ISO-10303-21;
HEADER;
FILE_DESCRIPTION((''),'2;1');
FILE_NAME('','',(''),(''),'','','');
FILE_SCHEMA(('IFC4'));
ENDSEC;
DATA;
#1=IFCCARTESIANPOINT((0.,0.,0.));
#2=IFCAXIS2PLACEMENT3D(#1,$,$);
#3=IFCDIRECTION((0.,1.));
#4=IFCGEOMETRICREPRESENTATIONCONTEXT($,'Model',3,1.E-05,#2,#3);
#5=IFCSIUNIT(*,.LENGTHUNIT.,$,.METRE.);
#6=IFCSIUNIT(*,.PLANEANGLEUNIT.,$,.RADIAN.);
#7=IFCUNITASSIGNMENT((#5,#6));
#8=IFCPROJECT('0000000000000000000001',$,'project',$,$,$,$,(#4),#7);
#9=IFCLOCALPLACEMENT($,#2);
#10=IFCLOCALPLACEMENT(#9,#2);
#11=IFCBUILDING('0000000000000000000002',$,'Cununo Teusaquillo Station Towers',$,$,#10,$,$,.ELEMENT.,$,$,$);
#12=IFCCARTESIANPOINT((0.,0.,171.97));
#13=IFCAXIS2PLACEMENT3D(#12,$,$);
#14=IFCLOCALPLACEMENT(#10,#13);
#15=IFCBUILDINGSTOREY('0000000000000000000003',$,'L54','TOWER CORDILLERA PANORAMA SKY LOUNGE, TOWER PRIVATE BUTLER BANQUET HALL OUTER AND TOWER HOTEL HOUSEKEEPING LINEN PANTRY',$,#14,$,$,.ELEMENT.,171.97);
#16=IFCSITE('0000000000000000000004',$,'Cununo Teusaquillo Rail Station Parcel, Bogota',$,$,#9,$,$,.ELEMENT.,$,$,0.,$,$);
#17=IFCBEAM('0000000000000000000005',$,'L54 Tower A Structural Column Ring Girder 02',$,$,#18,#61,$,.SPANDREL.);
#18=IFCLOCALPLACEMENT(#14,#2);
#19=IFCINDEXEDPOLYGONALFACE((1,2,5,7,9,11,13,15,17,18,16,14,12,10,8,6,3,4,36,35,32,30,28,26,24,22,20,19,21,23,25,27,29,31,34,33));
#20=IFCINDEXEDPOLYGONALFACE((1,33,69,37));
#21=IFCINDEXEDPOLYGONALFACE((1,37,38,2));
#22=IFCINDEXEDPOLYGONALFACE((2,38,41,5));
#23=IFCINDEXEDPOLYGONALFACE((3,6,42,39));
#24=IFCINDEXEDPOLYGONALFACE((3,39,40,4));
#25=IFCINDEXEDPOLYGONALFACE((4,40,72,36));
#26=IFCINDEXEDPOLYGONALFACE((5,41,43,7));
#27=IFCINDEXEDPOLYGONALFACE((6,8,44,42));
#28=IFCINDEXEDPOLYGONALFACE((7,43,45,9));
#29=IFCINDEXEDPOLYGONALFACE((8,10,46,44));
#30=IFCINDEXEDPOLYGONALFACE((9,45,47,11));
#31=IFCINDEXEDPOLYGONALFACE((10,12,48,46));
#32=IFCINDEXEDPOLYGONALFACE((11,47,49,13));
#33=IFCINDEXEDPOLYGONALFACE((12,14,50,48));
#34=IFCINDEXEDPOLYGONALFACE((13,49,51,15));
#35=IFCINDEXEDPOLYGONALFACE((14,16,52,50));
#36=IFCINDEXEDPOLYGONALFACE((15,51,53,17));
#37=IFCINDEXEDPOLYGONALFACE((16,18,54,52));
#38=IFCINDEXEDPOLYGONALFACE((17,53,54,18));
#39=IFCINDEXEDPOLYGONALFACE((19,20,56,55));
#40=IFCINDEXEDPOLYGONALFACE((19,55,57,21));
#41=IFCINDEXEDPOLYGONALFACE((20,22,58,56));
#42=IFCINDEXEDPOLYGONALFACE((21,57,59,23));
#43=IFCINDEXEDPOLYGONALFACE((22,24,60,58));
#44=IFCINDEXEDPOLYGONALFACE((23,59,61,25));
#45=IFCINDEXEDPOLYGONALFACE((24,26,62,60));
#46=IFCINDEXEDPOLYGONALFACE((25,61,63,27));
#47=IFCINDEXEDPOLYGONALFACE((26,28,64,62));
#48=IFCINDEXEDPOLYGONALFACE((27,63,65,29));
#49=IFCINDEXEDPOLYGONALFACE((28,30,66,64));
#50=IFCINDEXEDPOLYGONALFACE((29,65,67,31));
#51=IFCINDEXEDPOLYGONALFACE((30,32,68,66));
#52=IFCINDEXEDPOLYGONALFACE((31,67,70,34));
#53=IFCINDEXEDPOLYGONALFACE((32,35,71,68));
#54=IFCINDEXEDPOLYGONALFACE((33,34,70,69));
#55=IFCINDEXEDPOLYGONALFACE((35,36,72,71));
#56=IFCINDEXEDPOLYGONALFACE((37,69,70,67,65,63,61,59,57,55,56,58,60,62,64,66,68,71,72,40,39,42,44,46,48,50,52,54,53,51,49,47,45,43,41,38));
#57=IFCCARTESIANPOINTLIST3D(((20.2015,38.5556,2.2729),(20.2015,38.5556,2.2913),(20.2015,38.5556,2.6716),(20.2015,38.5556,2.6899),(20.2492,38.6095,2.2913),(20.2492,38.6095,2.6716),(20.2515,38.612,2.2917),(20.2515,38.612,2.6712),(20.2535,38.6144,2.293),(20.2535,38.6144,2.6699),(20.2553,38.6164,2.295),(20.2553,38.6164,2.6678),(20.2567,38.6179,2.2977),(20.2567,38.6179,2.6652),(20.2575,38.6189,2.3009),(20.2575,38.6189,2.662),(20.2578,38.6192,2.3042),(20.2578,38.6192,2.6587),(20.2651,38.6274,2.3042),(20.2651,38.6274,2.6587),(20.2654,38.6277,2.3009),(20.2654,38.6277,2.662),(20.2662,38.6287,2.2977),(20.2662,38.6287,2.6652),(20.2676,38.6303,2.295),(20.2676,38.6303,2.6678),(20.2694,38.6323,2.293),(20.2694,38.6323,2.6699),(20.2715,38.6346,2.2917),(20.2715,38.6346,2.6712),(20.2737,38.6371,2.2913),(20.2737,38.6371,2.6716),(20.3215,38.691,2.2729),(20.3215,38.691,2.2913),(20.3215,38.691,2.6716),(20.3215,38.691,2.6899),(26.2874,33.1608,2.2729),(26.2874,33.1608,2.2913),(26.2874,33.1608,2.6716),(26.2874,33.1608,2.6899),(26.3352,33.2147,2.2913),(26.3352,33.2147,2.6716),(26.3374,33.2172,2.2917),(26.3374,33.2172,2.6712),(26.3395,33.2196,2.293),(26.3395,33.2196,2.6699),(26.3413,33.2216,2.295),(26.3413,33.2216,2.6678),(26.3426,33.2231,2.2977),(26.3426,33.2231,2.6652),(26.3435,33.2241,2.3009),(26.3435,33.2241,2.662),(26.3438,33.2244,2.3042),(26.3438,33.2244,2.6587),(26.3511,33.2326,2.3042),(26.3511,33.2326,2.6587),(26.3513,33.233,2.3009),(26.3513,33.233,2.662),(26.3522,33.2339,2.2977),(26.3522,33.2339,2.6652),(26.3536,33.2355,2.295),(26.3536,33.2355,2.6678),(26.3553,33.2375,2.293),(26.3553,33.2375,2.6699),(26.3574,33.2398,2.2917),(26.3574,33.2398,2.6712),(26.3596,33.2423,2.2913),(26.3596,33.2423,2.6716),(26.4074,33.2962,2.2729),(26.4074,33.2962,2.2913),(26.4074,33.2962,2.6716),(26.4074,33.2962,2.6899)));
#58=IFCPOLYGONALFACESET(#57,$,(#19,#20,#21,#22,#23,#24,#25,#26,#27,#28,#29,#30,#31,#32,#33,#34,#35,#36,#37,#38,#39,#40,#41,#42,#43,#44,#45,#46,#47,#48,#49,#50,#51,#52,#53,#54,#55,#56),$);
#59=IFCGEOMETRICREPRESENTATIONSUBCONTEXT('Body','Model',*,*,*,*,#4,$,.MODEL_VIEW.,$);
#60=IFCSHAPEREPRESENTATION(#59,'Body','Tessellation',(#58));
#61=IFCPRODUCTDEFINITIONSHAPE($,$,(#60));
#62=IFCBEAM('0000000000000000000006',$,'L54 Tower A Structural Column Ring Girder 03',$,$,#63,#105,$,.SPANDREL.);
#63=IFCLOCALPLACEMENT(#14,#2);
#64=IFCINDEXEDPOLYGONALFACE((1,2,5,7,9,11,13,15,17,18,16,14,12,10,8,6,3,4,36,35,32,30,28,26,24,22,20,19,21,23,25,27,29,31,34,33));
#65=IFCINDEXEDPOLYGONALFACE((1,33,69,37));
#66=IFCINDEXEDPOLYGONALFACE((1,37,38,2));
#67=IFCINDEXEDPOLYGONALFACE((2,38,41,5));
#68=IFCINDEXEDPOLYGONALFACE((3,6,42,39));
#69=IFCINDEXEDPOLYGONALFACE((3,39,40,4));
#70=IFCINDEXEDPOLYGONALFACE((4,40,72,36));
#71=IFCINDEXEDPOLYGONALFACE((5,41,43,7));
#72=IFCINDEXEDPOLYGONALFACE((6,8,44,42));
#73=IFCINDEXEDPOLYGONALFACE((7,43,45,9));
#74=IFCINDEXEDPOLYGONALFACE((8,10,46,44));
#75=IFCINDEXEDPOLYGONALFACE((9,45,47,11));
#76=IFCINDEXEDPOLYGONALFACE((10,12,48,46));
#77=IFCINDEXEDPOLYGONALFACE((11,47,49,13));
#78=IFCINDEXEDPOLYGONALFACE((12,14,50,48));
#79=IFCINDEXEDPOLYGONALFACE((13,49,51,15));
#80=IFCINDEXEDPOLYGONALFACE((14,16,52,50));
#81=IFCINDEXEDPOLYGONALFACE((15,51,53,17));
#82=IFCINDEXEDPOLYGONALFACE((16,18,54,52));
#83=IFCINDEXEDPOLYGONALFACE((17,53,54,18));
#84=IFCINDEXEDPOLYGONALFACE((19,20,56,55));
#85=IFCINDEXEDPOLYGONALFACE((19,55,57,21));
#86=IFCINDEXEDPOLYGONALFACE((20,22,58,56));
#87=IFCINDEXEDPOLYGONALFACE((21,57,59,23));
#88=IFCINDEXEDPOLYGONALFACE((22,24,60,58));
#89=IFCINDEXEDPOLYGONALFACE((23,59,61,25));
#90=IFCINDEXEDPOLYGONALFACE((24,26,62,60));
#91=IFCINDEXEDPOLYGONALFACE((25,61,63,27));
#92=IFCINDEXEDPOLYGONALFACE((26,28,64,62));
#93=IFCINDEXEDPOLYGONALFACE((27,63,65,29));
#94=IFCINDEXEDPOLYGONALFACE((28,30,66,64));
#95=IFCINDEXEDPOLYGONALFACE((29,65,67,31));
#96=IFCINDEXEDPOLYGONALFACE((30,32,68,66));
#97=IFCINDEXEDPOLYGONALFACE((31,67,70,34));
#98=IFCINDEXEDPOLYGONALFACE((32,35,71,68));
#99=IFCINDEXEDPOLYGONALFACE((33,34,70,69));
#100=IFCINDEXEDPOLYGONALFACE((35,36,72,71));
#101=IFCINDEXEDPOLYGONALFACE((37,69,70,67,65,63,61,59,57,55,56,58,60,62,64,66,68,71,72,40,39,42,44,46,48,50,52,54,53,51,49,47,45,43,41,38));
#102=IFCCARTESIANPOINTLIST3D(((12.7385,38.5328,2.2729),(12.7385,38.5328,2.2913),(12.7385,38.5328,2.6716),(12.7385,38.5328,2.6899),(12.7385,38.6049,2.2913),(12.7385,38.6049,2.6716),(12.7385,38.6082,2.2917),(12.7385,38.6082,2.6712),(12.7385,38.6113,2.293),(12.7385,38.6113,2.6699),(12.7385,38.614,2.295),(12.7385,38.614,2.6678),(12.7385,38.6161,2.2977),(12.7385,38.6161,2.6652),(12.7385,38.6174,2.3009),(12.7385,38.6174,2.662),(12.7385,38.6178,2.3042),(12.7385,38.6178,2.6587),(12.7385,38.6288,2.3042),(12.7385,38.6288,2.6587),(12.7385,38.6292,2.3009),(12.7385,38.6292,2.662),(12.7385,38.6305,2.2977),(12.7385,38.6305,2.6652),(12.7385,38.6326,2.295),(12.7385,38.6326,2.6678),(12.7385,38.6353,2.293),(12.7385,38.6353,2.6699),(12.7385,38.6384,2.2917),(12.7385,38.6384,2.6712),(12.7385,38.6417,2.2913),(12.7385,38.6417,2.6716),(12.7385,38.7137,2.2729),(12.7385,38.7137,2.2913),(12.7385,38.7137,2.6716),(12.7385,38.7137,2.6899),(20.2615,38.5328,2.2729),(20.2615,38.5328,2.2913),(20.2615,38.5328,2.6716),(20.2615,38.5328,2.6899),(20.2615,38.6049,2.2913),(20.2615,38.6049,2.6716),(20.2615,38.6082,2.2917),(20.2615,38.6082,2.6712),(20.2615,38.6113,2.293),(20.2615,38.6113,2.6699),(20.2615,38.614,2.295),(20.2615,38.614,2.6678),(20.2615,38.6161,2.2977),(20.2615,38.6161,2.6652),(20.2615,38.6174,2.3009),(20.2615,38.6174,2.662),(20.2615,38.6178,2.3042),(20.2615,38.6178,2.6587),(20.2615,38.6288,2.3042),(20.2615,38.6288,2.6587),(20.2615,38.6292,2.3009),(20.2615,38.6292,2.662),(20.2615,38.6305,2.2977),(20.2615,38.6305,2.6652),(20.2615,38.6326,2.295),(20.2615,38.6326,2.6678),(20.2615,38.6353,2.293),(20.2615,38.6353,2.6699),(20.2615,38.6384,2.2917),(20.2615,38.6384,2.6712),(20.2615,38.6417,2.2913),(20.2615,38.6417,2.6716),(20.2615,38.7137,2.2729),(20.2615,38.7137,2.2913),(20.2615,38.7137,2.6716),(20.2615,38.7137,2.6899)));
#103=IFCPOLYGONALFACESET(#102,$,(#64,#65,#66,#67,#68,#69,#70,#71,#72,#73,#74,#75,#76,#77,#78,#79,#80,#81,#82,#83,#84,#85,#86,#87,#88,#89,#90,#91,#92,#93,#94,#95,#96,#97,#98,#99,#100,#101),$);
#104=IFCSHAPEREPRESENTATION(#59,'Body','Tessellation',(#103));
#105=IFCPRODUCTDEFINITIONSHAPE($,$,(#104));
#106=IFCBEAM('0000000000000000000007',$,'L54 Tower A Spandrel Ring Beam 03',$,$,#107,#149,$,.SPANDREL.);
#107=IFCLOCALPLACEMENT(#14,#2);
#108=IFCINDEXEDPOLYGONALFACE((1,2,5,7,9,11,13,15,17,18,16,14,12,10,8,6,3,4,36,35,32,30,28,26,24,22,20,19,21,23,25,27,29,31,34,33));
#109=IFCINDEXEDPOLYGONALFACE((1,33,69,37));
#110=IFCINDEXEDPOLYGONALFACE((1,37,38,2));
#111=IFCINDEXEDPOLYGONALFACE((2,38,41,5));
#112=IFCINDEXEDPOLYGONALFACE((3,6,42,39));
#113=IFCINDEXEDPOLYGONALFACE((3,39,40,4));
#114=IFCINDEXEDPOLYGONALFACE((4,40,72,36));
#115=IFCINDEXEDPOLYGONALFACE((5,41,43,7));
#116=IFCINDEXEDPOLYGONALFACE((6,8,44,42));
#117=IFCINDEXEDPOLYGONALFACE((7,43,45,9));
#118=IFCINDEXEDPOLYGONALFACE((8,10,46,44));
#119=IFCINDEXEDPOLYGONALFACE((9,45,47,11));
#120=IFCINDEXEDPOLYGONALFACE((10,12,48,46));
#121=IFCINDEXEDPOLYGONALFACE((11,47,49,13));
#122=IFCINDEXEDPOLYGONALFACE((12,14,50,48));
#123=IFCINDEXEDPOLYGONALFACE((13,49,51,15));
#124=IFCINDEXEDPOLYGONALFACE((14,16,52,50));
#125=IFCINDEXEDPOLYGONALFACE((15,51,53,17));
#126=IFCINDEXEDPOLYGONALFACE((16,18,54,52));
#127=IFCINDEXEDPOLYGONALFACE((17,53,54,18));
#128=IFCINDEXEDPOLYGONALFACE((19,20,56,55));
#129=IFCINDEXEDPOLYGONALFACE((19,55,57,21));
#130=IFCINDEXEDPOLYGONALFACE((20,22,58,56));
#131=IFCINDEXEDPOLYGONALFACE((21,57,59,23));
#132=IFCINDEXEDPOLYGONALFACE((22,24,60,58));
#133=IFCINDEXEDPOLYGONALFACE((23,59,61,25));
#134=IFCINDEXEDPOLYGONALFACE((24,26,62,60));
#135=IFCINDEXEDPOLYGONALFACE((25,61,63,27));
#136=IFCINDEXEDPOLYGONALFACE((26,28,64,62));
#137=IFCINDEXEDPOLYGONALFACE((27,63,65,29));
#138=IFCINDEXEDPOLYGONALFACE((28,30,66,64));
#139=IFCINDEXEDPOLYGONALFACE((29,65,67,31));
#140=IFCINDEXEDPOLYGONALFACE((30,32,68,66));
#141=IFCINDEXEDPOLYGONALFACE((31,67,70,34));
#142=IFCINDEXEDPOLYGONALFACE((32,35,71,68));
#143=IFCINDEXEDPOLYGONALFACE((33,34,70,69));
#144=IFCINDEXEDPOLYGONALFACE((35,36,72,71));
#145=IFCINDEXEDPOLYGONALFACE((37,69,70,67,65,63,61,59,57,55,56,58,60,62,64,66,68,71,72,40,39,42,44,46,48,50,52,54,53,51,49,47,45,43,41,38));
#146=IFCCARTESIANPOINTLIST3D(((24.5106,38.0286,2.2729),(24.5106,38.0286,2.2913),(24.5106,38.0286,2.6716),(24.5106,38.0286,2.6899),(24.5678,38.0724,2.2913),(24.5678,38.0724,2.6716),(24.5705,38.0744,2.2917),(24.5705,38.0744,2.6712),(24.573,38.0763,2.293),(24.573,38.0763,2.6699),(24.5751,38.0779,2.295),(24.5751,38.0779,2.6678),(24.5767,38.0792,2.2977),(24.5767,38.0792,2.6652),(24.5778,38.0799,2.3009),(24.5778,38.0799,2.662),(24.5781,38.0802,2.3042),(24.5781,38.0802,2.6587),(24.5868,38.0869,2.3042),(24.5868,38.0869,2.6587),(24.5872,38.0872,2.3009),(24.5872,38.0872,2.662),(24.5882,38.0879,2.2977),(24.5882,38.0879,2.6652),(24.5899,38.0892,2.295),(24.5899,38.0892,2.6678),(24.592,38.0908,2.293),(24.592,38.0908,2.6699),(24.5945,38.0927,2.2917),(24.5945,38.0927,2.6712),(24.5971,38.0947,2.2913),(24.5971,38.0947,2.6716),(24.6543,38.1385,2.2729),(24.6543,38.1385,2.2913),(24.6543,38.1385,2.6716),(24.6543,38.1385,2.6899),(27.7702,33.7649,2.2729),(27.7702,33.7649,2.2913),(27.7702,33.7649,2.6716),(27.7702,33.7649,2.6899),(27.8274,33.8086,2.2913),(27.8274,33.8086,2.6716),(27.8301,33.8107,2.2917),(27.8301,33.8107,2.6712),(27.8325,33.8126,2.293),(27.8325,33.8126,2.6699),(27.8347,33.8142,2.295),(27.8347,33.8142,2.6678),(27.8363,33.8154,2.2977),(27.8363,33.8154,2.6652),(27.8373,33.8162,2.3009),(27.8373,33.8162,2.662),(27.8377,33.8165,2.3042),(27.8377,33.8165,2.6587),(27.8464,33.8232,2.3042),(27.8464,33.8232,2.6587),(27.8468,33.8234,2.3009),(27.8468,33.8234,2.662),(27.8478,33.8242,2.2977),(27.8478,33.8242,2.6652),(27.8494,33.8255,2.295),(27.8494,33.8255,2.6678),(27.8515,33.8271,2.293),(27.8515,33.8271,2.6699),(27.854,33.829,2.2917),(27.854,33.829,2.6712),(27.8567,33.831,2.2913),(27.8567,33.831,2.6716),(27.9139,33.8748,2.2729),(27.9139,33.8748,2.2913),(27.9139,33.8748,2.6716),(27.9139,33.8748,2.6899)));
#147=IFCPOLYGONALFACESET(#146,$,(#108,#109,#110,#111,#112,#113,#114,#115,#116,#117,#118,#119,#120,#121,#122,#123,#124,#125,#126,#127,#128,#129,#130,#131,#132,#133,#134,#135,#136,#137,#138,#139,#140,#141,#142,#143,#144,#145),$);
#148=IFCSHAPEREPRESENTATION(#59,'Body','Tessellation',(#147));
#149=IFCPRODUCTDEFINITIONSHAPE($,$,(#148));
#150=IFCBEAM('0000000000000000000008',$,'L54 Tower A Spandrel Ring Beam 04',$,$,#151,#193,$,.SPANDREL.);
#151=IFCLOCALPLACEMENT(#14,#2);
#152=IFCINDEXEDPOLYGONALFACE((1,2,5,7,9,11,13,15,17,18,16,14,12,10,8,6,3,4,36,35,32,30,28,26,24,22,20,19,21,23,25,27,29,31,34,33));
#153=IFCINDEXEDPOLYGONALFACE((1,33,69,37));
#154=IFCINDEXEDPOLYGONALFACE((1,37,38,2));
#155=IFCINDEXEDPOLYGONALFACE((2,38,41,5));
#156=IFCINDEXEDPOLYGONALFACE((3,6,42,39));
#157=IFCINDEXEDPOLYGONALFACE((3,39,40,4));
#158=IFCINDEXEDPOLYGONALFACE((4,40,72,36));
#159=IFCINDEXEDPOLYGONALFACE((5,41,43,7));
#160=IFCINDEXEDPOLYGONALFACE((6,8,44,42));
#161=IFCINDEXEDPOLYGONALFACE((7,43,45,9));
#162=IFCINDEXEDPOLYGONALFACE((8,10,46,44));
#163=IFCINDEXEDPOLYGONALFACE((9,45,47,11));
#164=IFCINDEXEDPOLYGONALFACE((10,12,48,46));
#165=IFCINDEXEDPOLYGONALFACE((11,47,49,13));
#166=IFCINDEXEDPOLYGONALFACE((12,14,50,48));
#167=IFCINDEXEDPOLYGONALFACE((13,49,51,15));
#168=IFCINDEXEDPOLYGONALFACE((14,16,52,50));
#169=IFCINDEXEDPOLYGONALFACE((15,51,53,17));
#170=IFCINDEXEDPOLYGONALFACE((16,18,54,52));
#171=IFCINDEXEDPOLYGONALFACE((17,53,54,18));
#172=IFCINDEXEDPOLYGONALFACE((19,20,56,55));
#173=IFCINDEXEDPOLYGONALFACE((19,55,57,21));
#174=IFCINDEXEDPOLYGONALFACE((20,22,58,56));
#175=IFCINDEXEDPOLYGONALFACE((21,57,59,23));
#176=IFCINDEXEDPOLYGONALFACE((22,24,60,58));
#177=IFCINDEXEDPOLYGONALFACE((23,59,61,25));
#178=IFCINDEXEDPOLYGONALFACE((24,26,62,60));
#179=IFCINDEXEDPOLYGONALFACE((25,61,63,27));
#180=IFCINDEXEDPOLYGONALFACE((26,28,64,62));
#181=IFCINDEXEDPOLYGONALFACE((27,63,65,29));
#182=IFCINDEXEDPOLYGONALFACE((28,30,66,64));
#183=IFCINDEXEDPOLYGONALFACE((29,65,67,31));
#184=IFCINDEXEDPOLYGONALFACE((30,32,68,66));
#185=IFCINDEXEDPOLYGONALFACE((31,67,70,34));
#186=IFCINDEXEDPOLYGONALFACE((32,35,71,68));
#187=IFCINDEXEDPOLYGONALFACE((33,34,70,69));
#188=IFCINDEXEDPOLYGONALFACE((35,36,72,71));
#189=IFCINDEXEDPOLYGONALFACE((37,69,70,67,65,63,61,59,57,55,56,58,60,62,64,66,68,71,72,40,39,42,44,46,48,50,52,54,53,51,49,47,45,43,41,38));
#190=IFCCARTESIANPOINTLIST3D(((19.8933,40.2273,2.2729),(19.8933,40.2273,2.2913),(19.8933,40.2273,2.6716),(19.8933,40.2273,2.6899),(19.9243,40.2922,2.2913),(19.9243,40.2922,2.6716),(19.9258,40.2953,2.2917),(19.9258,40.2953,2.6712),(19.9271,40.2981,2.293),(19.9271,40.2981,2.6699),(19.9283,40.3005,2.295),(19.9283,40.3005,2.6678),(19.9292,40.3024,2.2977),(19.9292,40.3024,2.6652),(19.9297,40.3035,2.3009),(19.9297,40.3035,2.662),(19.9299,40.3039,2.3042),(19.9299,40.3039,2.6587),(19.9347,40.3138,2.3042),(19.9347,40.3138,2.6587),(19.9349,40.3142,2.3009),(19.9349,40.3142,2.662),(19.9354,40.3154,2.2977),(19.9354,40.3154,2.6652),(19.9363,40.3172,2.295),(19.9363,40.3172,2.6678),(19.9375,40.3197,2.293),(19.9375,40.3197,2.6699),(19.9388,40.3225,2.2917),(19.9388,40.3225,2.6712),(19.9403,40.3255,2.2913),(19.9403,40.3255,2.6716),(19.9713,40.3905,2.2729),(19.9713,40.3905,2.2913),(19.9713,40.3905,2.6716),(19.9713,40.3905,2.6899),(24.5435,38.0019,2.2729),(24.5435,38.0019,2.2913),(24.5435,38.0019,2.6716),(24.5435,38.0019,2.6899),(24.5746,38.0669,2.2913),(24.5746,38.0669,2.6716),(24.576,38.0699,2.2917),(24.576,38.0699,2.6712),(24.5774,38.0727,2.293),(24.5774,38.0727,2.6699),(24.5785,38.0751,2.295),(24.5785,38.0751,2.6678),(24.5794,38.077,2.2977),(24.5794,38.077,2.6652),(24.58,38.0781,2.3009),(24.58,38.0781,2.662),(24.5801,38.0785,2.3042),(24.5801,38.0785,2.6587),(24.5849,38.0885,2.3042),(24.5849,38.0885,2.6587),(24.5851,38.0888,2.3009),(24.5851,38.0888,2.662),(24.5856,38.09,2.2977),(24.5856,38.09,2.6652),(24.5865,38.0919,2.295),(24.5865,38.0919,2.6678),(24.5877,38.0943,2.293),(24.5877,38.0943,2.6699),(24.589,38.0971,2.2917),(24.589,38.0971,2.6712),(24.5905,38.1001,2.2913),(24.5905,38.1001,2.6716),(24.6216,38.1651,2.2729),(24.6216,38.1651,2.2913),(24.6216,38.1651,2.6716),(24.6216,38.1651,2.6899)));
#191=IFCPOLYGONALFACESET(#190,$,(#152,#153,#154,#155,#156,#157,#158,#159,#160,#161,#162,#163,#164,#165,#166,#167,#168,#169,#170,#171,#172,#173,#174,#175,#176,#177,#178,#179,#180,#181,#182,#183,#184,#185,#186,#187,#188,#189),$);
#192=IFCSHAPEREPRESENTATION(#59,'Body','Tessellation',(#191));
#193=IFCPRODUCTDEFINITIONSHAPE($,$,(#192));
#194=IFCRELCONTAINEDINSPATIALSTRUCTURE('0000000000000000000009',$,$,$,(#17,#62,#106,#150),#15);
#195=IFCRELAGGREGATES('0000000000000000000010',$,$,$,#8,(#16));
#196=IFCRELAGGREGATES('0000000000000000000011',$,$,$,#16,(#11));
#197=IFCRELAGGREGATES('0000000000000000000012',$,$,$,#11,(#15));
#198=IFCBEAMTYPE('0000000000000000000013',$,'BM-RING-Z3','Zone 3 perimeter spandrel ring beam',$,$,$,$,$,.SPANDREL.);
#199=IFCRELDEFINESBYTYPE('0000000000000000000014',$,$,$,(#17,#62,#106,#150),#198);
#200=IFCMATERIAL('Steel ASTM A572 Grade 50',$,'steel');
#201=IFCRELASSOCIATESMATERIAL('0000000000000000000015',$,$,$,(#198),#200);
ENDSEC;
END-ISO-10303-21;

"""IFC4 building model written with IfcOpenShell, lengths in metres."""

from ifc_helpers import new_model, si_unit, direction, frame, origin, origin_2d, place, context, subcontext, project, spatial, i_section, extrude, material, material_profile, profile_set, type_object, element, save


model = new_model("IFC4")

# Units and contexts
model_context = context("Model", 3, precision=1e-05, world=origin(), true_north=direction((0.0, 1.0)))
body_context = subcontext(model_context, "Body", "Model", "MODEL_VIEW")
ifc_project = project(units=[si_unit("LENGTHUNIT", "METRE"), si_unit("PLANEANGLEUNIT", "RADIAN")], contexts=[model_context])

# Site, building, storey
site_placement = place(None, origin())
site = spatial("IfcSite", under=ifc_project, at=site_placement, Name="Cununo Teusaquillo Rail Station Parcel, Bogota", CompositionType="ELEMENT", RefElevation=0.0)
building_placement = place(site_placement, origin())
building = spatial("IfcBuilding", under=site, at=building_placement, Name="Cununo Teusaquillo Station Towers", CompositionType="ELEMENT")
storey_placement = place(building_placement, frame((0.0, 0.0, 171.97)))
storey = spatial("IfcBuildingStorey", under=building, at=storey_placement, Name="L54", Description="TOWER CORDILLERA PANORAMA SKY LOUNGE, TOWER PRIVATE BUTLER BANQUET HALL OUTER AND TOWER HOTEL HOUSEKEEPING LINEN PANTRY", CompositionType="ELEMENT", Elevation=171.97)

# Beams
ifc_material_1 = material(Name="Steel ASTM A572 Grade 50", Category="steel")
ifc_material_profile_1 = material_profile(ifc_material_1, i_section(OverallWidth=0.1809, OverallDepth=0.417, WebThickness=0.011, FlangeThickness=0.0183, FilletRadius=0.0129, at=origin_2d()), Name="W16X57")
ifc_profile_set_1 = profile_set([ifc_material_profile_1], Name="Steel ASTM A572 Grade 50")
beam_type_1 = type_object("IfcBeamType", Name="BM-RING-Z3", Description="Zone 3 perimeter spandrel ring beam", PredefinedType="SPANDREL", material=ifc_profile_set_1)
beam_1_placement = place(storey_placement, frame((26.3474, 33.2285, 2.4814), z_axis=(-0.748321, 0.663337, 0.0), x_axis=(-0.663337, -0.748321, 0.0)))
element("IfcBeam", 1, at=beam_1_placement, inside=storey, type_object=beam_type_1, Name="L54 Tower A Structural Column Ring Girder 02", PredefinedType="SPANDREL", context=body_context, shape_type="SweptSolid", body=[
    extrude(i_section(OverallWidth=0.1809, OverallDepth=0.417, WebThickness=0.011, FlangeThickness=0.0183, FilletRadius=0.0129, at=origin_2d()), origin(), (0.0, 0.0, 1.0), 8.1328),
])
beam_2_placement = place(storey_placement, frame((20.2615, 38.6233, 2.4814), z_axis=(-1.0, 0.0, 0.0), x_axis=(0.0, -1.0, 0.0)))
element("IfcBeam", 2, at=beam_2_placement, inside=storey, type_object=beam_type_1, Name="L54 Tower A Structural Column Ring Girder 03", PredefinedType="SPANDREL", context=body_context, shape_type="SweptSolid", body=[
    extrude(i_section(OverallWidth=0.1809, OverallDepth=0.417, WebThickness=0.011, FlangeThickness=0.0183, FilletRadius=0.0129, at=origin_2d()), origin(), (0.0, 0.0, 1.0), 7.5229),
])
beam_3_placement = place(storey_placement, frame((27.842, 33.8198, 2.4814), z_axis=(-0.60734, 0.794442, 0.0), x_axis=(-0.794442, -0.60734, 0.0)))
element("IfcBeam", 3, at=beam_3_placement, inside=storey, type_object=beam_type_1, Name="L54 Tower A Spandrel Ring Beam 03", PredefinedType="SPANDREL", context=body_context, shape_type="SweptSolid", body=[
    extrude(i_section(OverallWidth=0.1809, OverallDepth=0.417, WebThickness=0.011, FlangeThickness=0.0183, FilletRadius=0.0129, at=origin_2d()), origin(), (0.0, 0.0, 1.0), 5.3669),
])
beam_4_placement = place(storey_placement, frame((24.5825, 38.0835, 2.4814), z_axis=(-0.902032, 0.43167, 0.0), x_axis=(-0.43167, -0.902032, 0.0)))
element("IfcBeam", 4, at=beam_4_placement, inside=storey, type_object=beam_type_1, Name="L54 Tower A Spandrel Ring Beam 04", PredefinedType="SPANDREL", context=body_context, shape_type="SweptSolid", body=[
    extrude(i_section(OverallWidth=0.1809, OverallDepth=0.417, WebThickness=0.011, FlangeThickness=0.0183, FilletRadius=0.0129, at=origin_2d()), origin(), (0.0, 0.0, 1.0), 5.1553),
])

save(model, "model.ifc")
